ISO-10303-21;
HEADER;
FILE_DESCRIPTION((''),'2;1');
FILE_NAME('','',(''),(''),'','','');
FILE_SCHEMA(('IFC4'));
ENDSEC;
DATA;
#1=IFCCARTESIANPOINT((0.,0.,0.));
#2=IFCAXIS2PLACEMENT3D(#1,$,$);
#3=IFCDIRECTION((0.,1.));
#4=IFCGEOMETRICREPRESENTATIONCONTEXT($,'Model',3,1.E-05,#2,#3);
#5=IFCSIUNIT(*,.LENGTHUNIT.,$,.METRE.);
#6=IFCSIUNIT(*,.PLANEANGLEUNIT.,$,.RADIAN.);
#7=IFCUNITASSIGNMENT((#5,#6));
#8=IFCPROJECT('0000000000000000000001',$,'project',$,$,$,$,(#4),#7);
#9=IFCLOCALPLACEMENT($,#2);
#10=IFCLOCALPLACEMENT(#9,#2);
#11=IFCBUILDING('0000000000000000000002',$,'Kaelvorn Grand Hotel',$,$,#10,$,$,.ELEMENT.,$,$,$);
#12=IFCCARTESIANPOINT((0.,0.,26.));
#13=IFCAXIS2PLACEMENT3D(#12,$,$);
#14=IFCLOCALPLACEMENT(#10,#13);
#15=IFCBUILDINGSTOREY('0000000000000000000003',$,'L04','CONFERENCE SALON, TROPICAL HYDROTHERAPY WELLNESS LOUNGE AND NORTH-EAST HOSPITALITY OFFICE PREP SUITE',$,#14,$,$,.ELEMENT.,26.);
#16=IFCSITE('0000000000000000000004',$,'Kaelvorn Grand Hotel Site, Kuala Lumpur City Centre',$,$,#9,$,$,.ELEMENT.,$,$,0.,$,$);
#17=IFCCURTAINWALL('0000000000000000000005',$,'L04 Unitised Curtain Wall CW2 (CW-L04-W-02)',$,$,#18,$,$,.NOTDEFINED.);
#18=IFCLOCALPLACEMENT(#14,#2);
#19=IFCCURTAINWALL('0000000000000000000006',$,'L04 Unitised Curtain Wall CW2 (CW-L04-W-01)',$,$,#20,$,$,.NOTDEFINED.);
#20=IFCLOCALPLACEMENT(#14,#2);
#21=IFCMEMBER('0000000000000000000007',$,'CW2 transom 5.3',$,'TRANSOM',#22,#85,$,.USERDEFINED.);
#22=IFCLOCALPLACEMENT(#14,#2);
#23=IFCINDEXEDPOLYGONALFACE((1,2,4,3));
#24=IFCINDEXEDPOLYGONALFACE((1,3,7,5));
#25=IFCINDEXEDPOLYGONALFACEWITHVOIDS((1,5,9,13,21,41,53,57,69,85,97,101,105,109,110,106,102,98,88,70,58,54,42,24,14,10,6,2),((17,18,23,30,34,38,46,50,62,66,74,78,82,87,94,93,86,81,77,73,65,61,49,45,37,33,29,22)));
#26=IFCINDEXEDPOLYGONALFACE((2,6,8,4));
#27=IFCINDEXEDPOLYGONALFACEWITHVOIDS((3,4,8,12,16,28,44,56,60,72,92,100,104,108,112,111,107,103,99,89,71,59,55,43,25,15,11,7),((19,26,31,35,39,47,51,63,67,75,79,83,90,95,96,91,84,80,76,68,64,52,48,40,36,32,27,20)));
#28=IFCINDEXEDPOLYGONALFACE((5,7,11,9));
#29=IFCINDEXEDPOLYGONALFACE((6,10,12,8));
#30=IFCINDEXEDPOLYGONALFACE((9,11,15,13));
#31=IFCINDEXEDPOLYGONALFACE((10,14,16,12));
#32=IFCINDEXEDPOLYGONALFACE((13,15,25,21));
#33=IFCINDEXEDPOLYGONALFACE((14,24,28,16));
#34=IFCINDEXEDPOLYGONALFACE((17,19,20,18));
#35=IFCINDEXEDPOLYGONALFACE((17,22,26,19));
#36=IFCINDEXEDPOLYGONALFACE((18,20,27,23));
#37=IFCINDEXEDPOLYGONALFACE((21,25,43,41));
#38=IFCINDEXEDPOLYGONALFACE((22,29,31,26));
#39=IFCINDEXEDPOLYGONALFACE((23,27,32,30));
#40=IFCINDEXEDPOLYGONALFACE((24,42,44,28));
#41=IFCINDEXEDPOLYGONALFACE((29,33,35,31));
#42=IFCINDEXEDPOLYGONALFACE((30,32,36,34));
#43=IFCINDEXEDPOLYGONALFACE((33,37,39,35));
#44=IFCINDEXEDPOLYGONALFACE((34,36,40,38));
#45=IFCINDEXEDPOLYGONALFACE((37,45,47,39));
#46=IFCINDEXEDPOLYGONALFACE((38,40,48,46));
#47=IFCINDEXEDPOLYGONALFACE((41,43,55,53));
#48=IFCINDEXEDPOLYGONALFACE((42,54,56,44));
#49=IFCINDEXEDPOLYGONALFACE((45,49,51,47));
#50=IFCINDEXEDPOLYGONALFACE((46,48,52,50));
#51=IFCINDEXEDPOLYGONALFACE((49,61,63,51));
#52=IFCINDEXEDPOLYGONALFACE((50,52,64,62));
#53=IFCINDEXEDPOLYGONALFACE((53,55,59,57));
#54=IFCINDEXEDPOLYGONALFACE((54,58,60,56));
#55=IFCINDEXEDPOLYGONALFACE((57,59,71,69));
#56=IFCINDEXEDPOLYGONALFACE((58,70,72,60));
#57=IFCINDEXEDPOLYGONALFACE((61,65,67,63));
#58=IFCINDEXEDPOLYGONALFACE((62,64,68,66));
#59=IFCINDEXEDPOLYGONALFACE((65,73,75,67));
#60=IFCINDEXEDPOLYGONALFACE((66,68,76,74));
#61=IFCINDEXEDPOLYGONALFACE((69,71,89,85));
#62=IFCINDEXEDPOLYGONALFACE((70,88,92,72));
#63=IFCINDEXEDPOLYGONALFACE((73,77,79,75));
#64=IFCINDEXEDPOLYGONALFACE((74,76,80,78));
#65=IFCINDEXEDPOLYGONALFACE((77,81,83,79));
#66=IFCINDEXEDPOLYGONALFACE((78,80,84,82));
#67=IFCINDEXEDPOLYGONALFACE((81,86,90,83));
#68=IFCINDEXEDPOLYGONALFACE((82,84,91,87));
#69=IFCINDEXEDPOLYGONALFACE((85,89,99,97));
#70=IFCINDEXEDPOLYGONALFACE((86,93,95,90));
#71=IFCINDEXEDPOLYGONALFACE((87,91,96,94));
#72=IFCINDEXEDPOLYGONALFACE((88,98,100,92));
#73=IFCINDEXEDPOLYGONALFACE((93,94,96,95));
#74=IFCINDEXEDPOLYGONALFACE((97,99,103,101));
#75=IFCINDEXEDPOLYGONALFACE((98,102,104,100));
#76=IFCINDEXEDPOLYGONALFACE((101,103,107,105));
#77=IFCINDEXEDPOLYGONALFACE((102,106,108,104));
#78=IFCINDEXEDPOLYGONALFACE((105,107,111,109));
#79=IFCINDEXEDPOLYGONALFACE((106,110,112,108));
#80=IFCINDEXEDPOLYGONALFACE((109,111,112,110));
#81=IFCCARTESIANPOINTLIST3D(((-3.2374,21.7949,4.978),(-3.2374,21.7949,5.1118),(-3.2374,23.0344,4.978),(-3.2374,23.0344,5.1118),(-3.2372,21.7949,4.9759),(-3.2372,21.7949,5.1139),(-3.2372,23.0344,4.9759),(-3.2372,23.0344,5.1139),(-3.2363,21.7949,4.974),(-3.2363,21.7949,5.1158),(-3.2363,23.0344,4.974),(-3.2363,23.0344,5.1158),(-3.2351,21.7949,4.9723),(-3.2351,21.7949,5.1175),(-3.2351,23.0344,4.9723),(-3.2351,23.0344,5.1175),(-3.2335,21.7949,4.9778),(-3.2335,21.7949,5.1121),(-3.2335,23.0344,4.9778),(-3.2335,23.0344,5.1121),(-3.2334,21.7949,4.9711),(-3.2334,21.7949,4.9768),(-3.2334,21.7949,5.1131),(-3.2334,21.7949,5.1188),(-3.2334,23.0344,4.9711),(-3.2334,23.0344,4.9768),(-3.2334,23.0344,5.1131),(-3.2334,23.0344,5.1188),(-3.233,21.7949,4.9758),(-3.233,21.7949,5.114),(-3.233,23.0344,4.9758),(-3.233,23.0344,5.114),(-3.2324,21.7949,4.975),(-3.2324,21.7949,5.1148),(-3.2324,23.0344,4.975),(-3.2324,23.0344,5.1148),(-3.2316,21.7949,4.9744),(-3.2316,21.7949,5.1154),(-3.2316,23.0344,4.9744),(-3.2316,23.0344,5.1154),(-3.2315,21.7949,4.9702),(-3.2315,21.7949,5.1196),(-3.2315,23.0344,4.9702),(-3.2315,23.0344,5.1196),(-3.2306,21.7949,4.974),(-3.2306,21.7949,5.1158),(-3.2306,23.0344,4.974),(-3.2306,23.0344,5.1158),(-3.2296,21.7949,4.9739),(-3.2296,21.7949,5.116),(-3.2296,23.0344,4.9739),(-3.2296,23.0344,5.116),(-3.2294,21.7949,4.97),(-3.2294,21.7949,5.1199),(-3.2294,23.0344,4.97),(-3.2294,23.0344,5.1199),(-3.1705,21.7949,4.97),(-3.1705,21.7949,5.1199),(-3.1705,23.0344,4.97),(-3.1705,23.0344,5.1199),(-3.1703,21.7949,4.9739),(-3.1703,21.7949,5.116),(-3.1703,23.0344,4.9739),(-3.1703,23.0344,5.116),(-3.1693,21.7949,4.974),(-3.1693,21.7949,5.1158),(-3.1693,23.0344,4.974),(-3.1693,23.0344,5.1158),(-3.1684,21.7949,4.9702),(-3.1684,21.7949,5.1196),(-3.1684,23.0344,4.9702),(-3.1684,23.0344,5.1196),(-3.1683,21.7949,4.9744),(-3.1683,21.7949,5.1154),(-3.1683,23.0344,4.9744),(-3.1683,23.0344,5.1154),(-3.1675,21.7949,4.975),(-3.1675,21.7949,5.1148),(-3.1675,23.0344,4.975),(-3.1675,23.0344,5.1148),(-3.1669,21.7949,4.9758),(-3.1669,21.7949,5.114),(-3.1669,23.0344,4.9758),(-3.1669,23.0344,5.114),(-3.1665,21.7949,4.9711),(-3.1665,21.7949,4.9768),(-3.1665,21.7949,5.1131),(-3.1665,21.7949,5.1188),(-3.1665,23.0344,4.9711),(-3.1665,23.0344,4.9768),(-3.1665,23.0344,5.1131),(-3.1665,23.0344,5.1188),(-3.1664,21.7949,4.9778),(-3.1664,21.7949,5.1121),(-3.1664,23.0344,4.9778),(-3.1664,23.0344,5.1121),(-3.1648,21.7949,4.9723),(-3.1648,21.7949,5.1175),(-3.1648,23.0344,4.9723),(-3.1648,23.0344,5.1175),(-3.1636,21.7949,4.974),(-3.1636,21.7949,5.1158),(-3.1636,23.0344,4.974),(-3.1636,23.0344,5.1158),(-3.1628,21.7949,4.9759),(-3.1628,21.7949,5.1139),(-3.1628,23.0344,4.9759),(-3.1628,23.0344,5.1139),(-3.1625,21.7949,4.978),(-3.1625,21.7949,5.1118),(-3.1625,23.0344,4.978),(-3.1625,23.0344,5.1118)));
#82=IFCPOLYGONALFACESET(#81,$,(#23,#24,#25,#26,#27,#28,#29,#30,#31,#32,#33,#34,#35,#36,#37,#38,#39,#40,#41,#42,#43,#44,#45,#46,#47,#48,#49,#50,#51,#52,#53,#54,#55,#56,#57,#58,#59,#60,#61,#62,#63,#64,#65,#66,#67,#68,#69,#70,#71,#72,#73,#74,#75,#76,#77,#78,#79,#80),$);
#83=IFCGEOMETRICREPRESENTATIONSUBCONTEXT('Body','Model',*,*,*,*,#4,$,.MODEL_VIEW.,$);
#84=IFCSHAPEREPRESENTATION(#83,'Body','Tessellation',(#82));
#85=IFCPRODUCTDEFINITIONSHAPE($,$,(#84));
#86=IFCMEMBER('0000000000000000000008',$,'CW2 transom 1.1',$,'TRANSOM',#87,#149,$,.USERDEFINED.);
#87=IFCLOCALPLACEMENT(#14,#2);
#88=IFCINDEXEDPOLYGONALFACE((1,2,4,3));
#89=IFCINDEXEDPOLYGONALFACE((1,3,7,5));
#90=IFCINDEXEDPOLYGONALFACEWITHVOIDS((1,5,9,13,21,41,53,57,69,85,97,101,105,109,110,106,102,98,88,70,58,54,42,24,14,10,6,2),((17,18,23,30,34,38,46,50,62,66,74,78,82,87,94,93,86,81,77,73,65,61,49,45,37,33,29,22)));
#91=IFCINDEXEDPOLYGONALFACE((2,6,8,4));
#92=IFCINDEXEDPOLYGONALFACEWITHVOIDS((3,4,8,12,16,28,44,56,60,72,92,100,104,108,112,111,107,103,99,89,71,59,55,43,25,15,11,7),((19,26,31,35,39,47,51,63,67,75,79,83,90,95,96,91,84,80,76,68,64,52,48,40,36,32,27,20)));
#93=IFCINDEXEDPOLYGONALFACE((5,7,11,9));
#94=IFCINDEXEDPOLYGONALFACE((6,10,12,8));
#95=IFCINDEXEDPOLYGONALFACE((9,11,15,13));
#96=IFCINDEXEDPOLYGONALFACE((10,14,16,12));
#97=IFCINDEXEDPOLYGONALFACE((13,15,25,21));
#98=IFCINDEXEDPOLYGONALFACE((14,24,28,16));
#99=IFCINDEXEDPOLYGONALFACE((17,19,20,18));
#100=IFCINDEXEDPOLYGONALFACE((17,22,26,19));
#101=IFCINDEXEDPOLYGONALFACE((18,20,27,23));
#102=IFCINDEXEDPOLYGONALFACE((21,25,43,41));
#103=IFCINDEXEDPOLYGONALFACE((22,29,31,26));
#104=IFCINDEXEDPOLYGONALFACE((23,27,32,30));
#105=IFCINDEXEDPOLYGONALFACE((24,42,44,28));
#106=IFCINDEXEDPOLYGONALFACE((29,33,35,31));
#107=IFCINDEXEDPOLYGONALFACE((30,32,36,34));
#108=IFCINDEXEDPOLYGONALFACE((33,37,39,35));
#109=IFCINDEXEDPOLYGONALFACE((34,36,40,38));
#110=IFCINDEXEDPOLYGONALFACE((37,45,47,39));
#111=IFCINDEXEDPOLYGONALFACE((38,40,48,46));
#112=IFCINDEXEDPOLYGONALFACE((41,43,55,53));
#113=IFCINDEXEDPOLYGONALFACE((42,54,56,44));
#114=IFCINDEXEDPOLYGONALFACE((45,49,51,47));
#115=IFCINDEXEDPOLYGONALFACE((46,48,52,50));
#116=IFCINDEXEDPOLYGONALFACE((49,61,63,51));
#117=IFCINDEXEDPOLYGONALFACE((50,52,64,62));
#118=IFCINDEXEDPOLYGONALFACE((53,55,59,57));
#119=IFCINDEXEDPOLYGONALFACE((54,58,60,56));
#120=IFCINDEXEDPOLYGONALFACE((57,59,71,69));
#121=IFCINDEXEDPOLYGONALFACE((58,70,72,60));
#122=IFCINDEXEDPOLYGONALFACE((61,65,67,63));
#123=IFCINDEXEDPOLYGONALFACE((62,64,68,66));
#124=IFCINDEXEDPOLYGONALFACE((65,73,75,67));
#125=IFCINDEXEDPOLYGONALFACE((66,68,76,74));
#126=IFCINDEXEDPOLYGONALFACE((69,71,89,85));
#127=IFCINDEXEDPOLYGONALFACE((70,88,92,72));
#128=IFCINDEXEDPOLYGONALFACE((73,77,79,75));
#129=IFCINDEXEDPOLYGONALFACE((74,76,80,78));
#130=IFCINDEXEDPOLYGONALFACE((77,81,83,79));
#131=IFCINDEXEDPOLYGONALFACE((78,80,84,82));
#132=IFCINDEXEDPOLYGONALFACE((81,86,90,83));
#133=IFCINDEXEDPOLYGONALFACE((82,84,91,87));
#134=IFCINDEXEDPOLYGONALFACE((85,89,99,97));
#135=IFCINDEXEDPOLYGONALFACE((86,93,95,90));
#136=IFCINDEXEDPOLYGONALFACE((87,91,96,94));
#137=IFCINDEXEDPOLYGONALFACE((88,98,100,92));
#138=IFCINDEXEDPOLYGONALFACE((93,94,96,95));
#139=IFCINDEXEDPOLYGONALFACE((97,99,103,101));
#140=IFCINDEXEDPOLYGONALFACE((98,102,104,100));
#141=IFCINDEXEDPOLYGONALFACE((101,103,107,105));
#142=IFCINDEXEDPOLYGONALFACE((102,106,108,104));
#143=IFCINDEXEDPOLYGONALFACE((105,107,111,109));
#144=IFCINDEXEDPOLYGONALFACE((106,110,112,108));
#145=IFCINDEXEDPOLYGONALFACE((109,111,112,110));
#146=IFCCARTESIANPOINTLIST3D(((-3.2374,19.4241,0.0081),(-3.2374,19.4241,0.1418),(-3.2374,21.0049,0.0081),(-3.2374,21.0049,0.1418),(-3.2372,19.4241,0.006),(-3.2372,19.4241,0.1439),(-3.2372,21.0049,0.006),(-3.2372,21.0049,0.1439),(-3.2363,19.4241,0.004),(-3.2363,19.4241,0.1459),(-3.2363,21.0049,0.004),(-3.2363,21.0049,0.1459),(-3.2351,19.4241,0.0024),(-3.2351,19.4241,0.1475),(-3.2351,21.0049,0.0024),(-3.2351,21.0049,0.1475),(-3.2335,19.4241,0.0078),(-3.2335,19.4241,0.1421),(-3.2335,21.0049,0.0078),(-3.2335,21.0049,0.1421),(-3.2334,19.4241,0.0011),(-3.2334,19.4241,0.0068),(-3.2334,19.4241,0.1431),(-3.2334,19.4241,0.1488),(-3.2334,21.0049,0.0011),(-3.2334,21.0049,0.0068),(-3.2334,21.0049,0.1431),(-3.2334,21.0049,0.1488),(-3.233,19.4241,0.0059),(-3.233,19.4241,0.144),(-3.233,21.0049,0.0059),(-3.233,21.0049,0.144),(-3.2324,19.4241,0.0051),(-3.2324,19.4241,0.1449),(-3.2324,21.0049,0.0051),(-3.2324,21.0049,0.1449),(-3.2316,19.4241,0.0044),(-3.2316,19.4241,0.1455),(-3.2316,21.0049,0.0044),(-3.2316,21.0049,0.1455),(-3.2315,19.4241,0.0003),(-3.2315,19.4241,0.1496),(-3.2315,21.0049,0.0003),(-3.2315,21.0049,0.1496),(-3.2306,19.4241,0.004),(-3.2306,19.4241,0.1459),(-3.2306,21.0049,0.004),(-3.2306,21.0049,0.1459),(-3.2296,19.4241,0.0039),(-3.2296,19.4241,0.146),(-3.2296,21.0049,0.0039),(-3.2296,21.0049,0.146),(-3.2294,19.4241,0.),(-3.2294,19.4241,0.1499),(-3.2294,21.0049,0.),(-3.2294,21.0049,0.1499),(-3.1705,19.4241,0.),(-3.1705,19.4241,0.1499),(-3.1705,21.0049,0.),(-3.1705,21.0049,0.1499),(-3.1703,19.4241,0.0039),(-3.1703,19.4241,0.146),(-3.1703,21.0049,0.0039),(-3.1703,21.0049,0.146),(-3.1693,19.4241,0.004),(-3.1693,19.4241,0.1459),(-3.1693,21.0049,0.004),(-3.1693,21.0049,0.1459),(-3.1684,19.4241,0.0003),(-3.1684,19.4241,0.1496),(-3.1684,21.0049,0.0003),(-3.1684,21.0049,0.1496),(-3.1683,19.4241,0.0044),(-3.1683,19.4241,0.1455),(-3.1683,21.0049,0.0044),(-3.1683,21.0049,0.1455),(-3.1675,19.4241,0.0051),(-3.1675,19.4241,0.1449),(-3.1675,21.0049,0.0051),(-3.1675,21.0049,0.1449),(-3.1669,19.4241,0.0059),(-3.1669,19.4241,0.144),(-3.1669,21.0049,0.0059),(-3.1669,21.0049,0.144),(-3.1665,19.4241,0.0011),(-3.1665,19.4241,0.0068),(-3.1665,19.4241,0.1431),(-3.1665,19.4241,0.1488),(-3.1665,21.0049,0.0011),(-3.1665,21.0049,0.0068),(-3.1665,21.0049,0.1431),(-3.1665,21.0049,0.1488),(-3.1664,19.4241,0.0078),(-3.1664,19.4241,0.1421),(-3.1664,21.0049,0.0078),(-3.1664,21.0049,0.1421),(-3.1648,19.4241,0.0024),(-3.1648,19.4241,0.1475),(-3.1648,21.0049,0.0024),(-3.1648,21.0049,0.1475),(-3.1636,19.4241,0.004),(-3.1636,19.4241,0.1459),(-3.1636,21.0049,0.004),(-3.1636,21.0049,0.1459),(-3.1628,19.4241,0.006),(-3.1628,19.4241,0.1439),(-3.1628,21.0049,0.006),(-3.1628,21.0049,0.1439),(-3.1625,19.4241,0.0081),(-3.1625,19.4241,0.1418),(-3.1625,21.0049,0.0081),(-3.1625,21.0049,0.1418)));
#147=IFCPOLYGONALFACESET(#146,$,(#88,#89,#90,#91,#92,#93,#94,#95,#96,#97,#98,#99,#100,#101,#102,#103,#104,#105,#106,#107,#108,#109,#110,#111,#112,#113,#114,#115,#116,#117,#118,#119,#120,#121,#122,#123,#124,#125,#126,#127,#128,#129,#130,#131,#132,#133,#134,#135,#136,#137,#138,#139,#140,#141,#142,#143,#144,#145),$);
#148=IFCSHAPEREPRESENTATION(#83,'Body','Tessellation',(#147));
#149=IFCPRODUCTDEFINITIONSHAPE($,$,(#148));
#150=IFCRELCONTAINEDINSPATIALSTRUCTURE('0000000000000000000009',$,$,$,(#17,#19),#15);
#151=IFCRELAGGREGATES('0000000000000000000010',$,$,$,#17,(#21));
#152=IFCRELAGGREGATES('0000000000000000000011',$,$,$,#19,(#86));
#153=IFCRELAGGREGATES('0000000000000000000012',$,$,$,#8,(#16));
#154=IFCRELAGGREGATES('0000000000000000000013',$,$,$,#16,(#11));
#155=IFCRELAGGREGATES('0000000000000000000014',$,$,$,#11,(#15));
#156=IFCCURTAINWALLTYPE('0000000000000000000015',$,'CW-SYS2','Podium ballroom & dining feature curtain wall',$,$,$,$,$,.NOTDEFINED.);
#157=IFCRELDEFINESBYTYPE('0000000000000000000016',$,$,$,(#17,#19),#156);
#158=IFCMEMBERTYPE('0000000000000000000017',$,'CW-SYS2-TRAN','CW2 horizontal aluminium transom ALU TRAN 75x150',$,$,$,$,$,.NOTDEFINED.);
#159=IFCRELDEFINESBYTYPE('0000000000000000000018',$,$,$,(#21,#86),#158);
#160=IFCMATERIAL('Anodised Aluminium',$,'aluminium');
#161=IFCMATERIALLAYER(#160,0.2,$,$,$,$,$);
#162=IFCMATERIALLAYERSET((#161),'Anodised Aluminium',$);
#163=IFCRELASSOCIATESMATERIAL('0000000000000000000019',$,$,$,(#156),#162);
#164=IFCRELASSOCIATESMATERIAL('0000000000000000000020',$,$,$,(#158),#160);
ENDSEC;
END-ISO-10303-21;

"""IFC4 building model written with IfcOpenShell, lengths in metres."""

from ifc_helpers import new_model, si_unit, direction, frame, origin, origin_2d, place, context, subcontext, project, spatial, hollow_rectangle, extrude, material, layer, layer_set, material_profile, profile_set, type_object, element, aggregate, save


model = new_model("IFC4")

# Units and contexts
model_context = context("Model", 3, precision=1e-05, world=origin(), true_north=direction((0.0, 1.0)))
body_context = subcontext(model_context, "Body", "Model", "MODEL_VIEW")
ifc_project = project(units=[si_unit("LENGTHUNIT", "METRE"), si_unit("PLANEANGLEUNIT", "RADIAN")], contexts=[model_context])

# Site, building, storey
site_placement = place(None, origin())
site = spatial("IfcSite", under=ifc_project, at=site_placement, Name="Kaelvorn Grand Hotel Site, Kuala Lumpur City Centre", CompositionType="ELEMENT", RefElevation=0.0)
building_placement = place(site_placement, origin())
building = spatial("IfcBuilding", under=site, at=building_placement, Name="Kaelvorn Grand Hotel", CompositionType="ELEMENT")
storey_placement = place(building_placement, frame((0.0, 0.0, 26.0)))
storey = spatial("IfcBuildingStorey", under=building, at=storey_placement, Name="L04", Description="CONFERENCE SALON, TROPICAL HYDROTHERAPY WELLNESS LOUNGE AND NORTH-EAST HOSPITALITY OFFICE PREP SUITE", CompositionType="ELEMENT", Elevation=26.0)

# Curtain walls
ifc_material_1 = material(Name="Anodised Aluminium", Category="aluminium")
ifc_layer_1 = layer(ifc_material_1, 0.2)
ifc_layer_set_1 = layer_set([ifc_layer_1], Name="Anodised Aluminium")
curtain_wall_type = type_object("IfcCurtainWallType", Name="CW-SYS2", Description="Podium ballroom & dining feature curtain wall", PredefinedType="NOTDEFINED", material=ifc_layer_set_1)
curtain_wall_1_placement = place(storey_placement, origin())
curtain_wall_1 = element("IfcCurtainWall", 1, at=curtain_wall_1_placement, inside=storey, type_object=curtain_wall_type, Name="L04 Unitised Curtain Wall CW2 (CW-L04-W-02)", PredefinedType="NOTDEFINED")
curtain_wall_2_placement = place(storey_placement, origin())
curtain_wall_2 = element("IfcCurtainWall", 2, at=curtain_wall_2_placement, inside=storey, type_object=curtain_wall_type, Name="L04 Unitised Curtain Wall CW2 (CW-L04-W-01)", PredefinedType="NOTDEFINED")

# Members
ifc_material_profile_1 = material_profile(ifc_material_1, hollow_rectangle(XDim=0.075, YDim=0.1499, WallThickness=0.0039, InnerFilletRadius=0.0039, OuterFilletRadius=0.0081, at=origin_2d()), Name="ALU TRAN 75x150")
ifc_profile_set_1 = profile_set([ifc_material_profile_1], Name="Anodised Aluminium")
member_type_1 = type_object("IfcMemberType", Name="CW-SYS2-TRAN", Description="CW2 horizontal aluminium transom ALU TRAN 75x150", PredefinedType="NOTDEFINED", material=ifc_profile_set_1)
member_1_placement = place(storey_placement, frame((-3.2, 23.0344, 5.0449), z_axis=(0.0, -1.0, 0.0), x_axis=(1.0, 0.0, 0.0)))
member_1 = element("IfcMember", 3, at=member_1_placement, type_object=member_type_1, Name="CW2 transom 5.3", ObjectType="TRANSOM", PredefinedType="USERDEFINED", context=body_context, shape_type="SweptSolid", body=[
    extrude(hollow_rectangle(XDim=0.075, YDim=0.1499, WallThickness=0.0039, InnerFilletRadius=0.0039, OuterFilletRadius=0.0081, at=origin_2d()), origin(), (0.0, 0.0, 1.0), 1.2395),
])
member_2_placement = place(storey_placement, frame((-3.2, 21.0049, 0.075), z_axis=(0.0, -1.0, 0.0), x_axis=(1.0, 0.0, 0.0)))
member_2 = element("IfcMember", 4, at=member_2_placement, type_object=member_type_1, Name="CW2 transom 1.1", ObjectType="TRANSOM", PredefinedType="USERDEFINED", context=body_context, shape_type="SweptSolid", body=[
    extrude(hollow_rectangle(XDim=0.075, YDim=0.1499, WallThickness=0.0039, InnerFilletRadius=0.0039, OuterFilletRadius=0.0081, at=origin_2d()), origin(), (0.0, 0.0, 1.0), 1.5808),
])

aggregate(curtain_wall_1, [member_1])
aggregate(curtain_wall_2, [member_2])

save(model, "model.ifc")
